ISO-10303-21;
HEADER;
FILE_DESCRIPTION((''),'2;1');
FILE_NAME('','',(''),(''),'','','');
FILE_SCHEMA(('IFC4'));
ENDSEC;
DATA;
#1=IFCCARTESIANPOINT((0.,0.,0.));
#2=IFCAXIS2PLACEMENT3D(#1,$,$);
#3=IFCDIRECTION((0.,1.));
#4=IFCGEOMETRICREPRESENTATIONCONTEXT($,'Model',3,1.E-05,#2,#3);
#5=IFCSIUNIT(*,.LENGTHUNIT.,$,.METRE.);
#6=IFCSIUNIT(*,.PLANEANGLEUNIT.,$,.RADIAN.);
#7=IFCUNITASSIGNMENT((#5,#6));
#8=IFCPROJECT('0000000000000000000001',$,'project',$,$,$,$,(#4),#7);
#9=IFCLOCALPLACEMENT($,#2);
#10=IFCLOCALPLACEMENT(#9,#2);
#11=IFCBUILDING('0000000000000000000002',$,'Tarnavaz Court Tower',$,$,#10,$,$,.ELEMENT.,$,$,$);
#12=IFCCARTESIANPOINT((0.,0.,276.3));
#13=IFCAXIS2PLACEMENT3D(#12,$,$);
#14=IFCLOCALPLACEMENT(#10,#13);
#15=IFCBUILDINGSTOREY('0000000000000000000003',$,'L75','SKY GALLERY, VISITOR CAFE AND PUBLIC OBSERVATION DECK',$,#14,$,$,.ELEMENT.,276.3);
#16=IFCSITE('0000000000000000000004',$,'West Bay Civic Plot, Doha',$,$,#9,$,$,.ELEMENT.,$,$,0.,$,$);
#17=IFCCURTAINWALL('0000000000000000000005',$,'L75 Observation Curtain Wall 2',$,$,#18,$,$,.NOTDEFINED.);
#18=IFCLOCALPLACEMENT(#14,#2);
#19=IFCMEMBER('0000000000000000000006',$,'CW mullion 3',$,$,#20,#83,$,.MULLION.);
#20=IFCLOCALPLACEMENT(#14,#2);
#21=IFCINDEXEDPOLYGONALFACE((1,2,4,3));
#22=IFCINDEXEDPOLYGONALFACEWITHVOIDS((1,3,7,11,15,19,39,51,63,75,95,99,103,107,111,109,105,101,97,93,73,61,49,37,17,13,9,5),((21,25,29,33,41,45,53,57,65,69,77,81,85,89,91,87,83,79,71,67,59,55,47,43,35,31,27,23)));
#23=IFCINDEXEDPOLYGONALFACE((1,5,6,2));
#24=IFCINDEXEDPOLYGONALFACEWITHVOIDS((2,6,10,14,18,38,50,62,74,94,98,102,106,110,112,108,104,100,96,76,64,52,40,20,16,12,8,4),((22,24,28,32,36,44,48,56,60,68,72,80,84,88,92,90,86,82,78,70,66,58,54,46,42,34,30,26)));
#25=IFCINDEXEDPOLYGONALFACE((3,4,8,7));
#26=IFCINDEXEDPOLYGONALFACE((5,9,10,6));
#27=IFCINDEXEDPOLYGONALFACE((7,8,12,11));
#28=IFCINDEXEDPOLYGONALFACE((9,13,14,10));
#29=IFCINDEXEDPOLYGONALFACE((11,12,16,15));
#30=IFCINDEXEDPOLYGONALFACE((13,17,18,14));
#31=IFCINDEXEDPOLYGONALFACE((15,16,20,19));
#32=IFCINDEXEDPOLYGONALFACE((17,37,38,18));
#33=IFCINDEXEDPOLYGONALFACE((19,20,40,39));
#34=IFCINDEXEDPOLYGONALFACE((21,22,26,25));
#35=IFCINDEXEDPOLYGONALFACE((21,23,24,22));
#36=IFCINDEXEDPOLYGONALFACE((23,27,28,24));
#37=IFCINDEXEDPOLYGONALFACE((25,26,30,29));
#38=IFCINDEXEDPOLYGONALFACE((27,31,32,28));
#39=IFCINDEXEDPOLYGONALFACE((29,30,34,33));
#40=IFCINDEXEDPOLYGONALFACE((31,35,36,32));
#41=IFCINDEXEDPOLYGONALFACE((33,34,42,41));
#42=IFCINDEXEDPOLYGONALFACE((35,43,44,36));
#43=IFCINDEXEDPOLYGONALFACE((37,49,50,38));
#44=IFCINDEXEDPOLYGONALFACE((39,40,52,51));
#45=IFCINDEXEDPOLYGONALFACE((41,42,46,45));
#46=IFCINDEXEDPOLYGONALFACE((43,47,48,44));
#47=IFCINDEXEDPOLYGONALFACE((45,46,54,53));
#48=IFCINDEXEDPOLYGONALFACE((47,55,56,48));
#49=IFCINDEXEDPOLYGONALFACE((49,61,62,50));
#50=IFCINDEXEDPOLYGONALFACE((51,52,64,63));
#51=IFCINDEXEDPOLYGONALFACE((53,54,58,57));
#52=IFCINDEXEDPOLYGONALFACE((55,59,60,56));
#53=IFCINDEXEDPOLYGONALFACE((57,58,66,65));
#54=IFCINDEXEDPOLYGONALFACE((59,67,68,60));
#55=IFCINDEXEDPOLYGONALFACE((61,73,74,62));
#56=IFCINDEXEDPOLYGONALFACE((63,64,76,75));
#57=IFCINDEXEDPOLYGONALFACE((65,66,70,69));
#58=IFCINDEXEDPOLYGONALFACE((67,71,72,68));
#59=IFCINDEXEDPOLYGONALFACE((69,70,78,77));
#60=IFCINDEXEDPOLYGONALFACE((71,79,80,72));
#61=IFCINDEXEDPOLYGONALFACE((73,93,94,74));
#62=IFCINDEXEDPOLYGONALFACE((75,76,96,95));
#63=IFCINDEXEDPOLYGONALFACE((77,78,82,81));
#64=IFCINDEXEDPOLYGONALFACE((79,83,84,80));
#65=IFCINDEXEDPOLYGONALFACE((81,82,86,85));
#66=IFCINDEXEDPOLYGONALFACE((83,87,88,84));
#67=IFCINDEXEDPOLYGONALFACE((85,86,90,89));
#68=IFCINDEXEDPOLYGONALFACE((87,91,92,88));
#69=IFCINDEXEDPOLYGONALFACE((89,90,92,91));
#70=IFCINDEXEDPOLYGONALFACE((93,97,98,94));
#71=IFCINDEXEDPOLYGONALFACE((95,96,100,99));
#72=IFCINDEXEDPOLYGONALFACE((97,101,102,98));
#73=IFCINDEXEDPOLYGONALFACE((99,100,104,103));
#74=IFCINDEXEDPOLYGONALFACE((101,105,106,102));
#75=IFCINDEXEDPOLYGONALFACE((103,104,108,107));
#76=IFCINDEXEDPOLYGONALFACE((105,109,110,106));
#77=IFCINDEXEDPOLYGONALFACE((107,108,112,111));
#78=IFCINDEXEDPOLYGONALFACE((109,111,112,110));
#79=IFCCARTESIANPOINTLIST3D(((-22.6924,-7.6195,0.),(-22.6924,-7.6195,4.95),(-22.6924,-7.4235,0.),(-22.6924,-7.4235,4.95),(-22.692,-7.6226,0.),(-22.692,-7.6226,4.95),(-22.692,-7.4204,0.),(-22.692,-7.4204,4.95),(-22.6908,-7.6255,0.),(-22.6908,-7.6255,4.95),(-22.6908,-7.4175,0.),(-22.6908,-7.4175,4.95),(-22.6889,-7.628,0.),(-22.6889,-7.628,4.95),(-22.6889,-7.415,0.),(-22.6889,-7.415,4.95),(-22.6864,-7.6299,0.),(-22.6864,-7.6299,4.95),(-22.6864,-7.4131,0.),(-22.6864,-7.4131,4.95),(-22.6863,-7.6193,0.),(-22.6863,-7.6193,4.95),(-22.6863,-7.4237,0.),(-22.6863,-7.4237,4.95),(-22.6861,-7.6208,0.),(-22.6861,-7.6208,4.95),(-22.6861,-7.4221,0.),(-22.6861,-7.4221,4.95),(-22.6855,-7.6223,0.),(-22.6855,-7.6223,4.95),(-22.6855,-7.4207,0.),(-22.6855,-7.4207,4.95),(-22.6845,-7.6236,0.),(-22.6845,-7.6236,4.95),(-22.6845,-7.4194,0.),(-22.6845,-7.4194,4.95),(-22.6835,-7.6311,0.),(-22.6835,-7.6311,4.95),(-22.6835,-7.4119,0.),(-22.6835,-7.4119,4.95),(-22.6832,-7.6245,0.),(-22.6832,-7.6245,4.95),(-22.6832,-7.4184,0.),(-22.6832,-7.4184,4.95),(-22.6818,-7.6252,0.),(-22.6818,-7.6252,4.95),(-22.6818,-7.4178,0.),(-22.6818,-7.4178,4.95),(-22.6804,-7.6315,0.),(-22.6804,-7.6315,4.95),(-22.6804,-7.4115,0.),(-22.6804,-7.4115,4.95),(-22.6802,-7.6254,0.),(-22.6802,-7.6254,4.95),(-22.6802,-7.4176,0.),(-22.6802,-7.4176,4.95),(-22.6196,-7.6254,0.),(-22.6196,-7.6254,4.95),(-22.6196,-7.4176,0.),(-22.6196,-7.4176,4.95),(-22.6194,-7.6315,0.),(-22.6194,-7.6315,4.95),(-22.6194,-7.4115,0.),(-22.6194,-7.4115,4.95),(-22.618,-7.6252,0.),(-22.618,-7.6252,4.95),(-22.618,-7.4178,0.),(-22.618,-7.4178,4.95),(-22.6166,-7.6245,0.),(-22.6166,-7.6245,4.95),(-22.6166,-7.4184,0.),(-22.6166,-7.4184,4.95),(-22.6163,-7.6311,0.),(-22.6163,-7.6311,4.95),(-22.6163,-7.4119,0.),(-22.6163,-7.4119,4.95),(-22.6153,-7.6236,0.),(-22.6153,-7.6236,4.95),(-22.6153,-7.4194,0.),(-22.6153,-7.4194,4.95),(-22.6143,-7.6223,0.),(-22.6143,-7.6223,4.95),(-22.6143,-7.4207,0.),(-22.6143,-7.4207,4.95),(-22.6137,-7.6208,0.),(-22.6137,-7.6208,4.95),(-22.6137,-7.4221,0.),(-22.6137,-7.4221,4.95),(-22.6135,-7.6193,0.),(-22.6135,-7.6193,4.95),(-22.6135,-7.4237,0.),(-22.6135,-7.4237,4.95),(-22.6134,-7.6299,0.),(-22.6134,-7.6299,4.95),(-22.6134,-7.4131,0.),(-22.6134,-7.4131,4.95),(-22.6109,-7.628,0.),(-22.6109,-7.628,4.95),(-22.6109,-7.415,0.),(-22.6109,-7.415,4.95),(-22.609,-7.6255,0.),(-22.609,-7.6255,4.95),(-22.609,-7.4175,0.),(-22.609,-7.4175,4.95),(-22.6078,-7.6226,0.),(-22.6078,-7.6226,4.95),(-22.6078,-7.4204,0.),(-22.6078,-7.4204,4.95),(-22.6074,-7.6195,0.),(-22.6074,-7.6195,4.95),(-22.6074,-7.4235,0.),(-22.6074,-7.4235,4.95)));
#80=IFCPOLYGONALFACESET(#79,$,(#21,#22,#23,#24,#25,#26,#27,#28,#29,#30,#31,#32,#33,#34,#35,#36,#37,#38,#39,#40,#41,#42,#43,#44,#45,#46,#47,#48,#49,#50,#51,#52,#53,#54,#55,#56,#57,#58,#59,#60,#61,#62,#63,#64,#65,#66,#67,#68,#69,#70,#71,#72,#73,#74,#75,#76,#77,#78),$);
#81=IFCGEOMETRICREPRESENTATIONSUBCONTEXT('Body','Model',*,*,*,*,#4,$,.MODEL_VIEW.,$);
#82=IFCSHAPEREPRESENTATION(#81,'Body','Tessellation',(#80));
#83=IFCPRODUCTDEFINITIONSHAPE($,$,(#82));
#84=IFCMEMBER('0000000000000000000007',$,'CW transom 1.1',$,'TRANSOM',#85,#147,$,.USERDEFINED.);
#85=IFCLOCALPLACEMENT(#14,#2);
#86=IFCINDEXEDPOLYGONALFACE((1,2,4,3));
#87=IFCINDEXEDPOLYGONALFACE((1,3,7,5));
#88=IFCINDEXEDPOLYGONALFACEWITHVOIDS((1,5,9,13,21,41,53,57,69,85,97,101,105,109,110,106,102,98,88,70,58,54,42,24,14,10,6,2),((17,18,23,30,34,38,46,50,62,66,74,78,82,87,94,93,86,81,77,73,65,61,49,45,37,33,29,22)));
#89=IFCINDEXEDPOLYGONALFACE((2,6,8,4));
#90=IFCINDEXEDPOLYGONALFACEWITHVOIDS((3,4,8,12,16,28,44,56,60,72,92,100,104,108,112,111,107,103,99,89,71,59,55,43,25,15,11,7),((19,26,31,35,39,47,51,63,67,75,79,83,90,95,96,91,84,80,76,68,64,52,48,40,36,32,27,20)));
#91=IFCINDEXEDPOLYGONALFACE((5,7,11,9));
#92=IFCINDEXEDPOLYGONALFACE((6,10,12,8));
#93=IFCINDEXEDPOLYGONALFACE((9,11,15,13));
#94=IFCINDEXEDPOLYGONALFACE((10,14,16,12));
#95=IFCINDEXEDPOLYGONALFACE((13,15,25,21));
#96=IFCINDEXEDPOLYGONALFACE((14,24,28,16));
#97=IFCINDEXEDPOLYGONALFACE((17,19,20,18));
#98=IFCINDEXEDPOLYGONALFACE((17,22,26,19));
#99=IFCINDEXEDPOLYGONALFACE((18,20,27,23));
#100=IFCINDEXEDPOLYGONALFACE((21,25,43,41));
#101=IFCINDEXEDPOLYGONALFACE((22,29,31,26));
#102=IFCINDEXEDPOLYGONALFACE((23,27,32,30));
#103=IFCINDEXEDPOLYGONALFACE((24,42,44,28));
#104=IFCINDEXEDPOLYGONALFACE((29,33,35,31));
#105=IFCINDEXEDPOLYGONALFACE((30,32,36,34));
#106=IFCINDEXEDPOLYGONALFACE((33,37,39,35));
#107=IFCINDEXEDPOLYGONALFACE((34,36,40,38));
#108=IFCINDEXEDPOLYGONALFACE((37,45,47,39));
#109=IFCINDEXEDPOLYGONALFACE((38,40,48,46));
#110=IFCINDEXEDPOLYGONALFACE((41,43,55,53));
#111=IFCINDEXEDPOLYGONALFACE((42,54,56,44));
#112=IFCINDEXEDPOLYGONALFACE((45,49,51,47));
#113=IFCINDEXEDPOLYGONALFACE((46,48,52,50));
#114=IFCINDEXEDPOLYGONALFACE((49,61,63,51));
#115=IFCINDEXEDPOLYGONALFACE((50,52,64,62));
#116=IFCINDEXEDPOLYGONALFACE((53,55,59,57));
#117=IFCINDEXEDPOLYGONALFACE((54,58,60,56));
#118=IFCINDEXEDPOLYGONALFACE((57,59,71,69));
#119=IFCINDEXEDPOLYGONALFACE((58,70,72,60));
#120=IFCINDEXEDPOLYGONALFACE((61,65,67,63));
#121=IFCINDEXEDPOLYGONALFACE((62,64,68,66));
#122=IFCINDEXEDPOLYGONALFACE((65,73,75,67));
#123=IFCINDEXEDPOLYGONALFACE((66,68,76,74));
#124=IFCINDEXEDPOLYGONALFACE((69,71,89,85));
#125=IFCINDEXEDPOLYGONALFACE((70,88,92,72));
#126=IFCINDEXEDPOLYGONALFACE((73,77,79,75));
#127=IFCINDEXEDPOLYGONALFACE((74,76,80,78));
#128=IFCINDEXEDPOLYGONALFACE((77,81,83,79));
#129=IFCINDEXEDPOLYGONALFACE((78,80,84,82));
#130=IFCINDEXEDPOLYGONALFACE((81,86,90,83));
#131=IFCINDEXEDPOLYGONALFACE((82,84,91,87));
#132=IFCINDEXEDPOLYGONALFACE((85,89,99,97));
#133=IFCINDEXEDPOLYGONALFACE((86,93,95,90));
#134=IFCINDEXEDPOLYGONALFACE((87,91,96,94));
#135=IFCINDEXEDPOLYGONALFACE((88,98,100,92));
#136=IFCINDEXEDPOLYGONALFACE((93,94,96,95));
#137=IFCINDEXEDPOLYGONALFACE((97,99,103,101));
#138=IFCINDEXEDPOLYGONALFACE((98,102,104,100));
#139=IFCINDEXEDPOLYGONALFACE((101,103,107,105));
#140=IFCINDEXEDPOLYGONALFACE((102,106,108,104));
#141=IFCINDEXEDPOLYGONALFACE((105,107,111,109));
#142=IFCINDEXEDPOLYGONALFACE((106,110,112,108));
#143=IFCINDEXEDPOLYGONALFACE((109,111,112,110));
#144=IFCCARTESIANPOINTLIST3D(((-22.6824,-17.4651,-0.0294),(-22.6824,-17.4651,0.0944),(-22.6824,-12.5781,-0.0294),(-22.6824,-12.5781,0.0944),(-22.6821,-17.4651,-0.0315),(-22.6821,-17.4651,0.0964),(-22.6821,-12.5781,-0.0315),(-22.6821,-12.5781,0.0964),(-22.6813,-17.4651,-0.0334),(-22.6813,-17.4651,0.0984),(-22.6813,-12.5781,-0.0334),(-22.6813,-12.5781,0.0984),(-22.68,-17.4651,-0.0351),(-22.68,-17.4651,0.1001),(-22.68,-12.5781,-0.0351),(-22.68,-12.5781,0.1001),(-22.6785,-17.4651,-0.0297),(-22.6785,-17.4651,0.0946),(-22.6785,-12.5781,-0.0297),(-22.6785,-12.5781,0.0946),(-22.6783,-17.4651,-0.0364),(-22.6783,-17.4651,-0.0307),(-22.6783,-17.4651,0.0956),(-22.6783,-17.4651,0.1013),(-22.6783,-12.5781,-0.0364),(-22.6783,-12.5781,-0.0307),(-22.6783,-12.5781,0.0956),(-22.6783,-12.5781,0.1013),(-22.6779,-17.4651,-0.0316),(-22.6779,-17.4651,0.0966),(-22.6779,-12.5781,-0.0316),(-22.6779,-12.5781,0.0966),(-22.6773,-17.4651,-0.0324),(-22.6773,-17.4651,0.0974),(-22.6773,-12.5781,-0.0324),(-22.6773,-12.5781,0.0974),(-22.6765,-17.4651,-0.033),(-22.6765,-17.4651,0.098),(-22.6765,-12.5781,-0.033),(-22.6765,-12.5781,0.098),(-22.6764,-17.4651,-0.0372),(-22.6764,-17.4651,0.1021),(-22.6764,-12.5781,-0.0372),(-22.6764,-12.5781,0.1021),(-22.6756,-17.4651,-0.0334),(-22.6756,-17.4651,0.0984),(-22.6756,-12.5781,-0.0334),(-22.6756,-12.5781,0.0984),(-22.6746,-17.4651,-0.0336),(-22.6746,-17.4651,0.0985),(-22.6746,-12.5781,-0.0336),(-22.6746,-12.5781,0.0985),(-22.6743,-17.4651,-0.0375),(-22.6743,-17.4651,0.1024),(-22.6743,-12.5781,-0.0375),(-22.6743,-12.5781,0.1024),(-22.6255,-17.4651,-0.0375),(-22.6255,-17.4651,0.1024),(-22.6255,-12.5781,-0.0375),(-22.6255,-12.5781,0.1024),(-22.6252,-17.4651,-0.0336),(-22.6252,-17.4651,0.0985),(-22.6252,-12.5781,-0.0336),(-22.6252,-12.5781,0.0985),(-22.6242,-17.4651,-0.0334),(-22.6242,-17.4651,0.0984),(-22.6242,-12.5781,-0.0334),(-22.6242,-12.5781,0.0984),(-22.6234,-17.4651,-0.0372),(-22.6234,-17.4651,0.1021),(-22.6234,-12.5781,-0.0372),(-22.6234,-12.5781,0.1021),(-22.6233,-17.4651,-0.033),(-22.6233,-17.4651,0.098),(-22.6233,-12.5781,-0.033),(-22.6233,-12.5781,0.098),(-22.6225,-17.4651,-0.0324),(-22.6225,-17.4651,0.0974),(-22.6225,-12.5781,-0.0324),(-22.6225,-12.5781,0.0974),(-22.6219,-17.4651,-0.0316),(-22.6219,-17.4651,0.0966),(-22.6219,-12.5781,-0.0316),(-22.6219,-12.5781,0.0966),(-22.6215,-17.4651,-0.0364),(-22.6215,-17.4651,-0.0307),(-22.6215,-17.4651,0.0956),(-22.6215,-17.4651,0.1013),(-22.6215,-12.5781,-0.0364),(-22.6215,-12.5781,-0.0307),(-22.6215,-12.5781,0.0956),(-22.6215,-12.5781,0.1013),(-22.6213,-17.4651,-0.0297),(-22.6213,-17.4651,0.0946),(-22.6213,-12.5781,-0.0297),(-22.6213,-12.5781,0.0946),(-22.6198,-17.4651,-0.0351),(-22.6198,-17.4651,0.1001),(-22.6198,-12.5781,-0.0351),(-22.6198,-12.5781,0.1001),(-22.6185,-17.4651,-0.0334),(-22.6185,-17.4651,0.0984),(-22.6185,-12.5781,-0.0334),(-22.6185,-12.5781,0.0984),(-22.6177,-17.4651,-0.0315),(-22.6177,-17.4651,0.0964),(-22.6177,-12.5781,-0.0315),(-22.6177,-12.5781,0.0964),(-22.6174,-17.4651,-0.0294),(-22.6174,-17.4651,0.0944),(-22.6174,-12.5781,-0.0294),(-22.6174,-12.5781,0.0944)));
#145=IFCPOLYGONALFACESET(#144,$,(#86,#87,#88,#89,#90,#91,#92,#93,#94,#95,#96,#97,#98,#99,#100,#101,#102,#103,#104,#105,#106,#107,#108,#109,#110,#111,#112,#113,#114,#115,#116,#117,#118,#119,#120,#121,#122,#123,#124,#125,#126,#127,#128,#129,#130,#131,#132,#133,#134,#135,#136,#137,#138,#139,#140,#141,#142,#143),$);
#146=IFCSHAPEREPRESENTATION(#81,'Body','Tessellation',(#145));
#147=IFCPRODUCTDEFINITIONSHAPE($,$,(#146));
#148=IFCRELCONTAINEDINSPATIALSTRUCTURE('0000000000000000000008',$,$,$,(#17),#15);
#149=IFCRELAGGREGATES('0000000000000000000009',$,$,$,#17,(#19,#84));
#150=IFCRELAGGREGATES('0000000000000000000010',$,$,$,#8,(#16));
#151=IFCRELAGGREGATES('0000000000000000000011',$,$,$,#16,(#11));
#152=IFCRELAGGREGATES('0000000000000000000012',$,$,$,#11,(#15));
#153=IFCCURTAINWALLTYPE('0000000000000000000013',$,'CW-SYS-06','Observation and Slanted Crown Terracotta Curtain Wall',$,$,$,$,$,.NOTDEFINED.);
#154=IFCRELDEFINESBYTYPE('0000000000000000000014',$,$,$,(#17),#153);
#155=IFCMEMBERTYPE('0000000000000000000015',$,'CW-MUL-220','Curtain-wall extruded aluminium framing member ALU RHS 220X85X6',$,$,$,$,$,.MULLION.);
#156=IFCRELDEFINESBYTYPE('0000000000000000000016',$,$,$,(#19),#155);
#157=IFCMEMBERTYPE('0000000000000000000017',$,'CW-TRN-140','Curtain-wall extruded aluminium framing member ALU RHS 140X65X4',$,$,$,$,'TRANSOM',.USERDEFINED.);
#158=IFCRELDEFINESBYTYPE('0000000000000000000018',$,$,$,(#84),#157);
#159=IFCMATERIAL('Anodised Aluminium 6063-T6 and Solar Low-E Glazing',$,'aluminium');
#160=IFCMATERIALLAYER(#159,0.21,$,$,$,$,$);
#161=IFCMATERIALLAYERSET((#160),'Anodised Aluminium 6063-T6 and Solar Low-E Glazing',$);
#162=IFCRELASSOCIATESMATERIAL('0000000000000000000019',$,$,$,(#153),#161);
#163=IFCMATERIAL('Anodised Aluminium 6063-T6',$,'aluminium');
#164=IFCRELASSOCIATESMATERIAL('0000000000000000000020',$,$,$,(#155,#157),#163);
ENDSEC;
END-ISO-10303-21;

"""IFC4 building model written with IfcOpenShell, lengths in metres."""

from ifc_helpers import new_model, si_unit, direction, frame, origin, origin_2d, place, context, subcontext, project, spatial, hollow_rectangle, extrude, material, layer, layer_set, material_profile, profile_set, type_object, element, aggregate, save


model = new_model("IFC4")

# Units and contexts
model_context = context("Model", 3, precision=1e-05, world=origin(), true_north=direction((0.0, 1.0)))
body_context = subcontext(model_context, "Body", "Model", "MODEL_VIEW")
ifc_project = project(units=[si_unit("LENGTHUNIT", "METRE"), si_unit("PLANEANGLEUNIT", "RADIAN")], contexts=[model_context])

# Site, building, storey
site_placement = place(None, origin())
site = spatial("IfcSite", under=ifc_project, at=site_placement, Name="West Bay Civic Plot, Doha", CompositionType="ELEMENT", RefElevation=0.0)
building_placement = place(site_placement, origin())
building = spatial("IfcBuilding", under=site, at=building_placement, Name="Tarnavaz Court Tower", CompositionType="ELEMENT")
storey_placement = place(building_placement, frame((0.0, 0.0, 276.3)))
storey = spatial("IfcBuildingStorey", under=building, at=storey_placement, Name="L75", Description="SKY GALLERY, VISITOR CAFE AND PUBLIC OBSERVATION DECK", CompositionType="ELEMENT", Elevation=276.3)

# Curtain wall, members
ifc_material_1 = material(Name="Anodised Aluminium 6063-T6 and Solar Low-E Glazing", Category="aluminium")
ifc_layer_1 = layer(ifc_material_1, 0.21)
ifc_layer_set_1 = layer_set([ifc_layer_1], Name="Anodised Aluminium 6063-T6 and Solar Low-E Glazing")
curtain_wall_type = type_object("IfcCurtainWallType", Name="CW-SYS-06", Description="Observation and Slanted Crown Terracotta Curtain Wall", PredefinedType="NOTDEFINED", material=ifc_layer_set_1)
curtain_wall_placement = place(storey_placement, origin())
curtain_wall = element("IfcCurtainWall", 1, at=curtain_wall_placement, inside=storey, type_object=curtain_wall_type, Name="L75 Observation Curtain Wall 2", PredefinedType="NOTDEFINED")
ifc_material_2 = material(Name="Anodised Aluminium 6063-T6", Category="aluminium")
ifc_material_profile_1 = material_profile(ifc_material_2, hollow_rectangle(XDim=0.085, YDim=0.22, WallThickness=0.0061, InnerFilletRadius=0.0061, OuterFilletRadius=0.012, at=origin_2d()), Name="ALU RHS 220X85X6")
ifc_profile_set_1 = profile_set([ifc_material_profile_1], Name="Anodised Aluminium 6063-T6")
member_type_1 = type_object("IfcMemberType", Name="CW-MUL-220", Description="Curtain-wall extruded aluminium framing member ALU RHS 220X85X6", PredefinedType="MULLION", material=ifc_profile_set_1)
member_1_placement = place(storey_placement, frame((-22.6499, -7.5215, 0.0), z_axis=(0.0, 0.0, 1.0), x_axis=(-1.0, 0.0, 0.0)))
member_1 = element("IfcMember", 2, at=member_1_placement, type_object=member_type_1, Name="CW mullion 3", PredefinedType="MULLION", context=body_context, shape_type="SweptSolid", body=[
    extrude(hollow_rectangle(XDim=0.085, YDim=0.22, WallThickness=0.0061, InnerFilletRadius=0.0061, OuterFilletRadius=0.012, at=origin_2d()), origin(), (0.0, 0.0, 1.0), 4.95),
])
ifc_material_profile_2 = material_profile(ifc_material_2, hollow_rectangle(XDim=0.0649, YDim=0.1399, WallThickness=0.0039, InnerFilletRadius=0.0039, OuterFilletRadius=0.0081, at=origin_2d()), Name="ALU RHS 140X65X4")
ifc_profile_set_2 = profile_set([ifc_material_profile_2], Name="Anodised Aluminium 6063-T6")
member_type_2 = type_object("IfcMemberType", Name="CW-TRN-140", Description="Curtain-wall extruded aluminium framing member ALU RHS 140X65X4", ElementType="TRANSOM", PredefinedType="USERDEFINED", material=ifc_profile_set_2)
member_2_placement = place(storey_placement, frame((-22.6499, -17.4651, 0.0325), z_axis=(0.0, 1.0, 0.0), x_axis=(-1.0, 0.0, 0.0)))
member_2 = element("IfcMember", 3, at=member_2_placement, type_object=member_type_2, Name="CW transom 1.1", ObjectType="TRANSOM", PredefinedType="USERDEFINED", context=body_context, shape_type="SweptSolid", body=[
    extrude(hollow_rectangle(XDim=0.0649, YDim=0.1399, WallThickness=0.0039, InnerFilletRadius=0.0039, OuterFilletRadius=0.0081, at=origin_2d()), origin(), (0.0, 0.0, 1.0), 4.887),
])
aggregate(curtain_wall, [member_1, member_2])

save(model, "model.ifc")
